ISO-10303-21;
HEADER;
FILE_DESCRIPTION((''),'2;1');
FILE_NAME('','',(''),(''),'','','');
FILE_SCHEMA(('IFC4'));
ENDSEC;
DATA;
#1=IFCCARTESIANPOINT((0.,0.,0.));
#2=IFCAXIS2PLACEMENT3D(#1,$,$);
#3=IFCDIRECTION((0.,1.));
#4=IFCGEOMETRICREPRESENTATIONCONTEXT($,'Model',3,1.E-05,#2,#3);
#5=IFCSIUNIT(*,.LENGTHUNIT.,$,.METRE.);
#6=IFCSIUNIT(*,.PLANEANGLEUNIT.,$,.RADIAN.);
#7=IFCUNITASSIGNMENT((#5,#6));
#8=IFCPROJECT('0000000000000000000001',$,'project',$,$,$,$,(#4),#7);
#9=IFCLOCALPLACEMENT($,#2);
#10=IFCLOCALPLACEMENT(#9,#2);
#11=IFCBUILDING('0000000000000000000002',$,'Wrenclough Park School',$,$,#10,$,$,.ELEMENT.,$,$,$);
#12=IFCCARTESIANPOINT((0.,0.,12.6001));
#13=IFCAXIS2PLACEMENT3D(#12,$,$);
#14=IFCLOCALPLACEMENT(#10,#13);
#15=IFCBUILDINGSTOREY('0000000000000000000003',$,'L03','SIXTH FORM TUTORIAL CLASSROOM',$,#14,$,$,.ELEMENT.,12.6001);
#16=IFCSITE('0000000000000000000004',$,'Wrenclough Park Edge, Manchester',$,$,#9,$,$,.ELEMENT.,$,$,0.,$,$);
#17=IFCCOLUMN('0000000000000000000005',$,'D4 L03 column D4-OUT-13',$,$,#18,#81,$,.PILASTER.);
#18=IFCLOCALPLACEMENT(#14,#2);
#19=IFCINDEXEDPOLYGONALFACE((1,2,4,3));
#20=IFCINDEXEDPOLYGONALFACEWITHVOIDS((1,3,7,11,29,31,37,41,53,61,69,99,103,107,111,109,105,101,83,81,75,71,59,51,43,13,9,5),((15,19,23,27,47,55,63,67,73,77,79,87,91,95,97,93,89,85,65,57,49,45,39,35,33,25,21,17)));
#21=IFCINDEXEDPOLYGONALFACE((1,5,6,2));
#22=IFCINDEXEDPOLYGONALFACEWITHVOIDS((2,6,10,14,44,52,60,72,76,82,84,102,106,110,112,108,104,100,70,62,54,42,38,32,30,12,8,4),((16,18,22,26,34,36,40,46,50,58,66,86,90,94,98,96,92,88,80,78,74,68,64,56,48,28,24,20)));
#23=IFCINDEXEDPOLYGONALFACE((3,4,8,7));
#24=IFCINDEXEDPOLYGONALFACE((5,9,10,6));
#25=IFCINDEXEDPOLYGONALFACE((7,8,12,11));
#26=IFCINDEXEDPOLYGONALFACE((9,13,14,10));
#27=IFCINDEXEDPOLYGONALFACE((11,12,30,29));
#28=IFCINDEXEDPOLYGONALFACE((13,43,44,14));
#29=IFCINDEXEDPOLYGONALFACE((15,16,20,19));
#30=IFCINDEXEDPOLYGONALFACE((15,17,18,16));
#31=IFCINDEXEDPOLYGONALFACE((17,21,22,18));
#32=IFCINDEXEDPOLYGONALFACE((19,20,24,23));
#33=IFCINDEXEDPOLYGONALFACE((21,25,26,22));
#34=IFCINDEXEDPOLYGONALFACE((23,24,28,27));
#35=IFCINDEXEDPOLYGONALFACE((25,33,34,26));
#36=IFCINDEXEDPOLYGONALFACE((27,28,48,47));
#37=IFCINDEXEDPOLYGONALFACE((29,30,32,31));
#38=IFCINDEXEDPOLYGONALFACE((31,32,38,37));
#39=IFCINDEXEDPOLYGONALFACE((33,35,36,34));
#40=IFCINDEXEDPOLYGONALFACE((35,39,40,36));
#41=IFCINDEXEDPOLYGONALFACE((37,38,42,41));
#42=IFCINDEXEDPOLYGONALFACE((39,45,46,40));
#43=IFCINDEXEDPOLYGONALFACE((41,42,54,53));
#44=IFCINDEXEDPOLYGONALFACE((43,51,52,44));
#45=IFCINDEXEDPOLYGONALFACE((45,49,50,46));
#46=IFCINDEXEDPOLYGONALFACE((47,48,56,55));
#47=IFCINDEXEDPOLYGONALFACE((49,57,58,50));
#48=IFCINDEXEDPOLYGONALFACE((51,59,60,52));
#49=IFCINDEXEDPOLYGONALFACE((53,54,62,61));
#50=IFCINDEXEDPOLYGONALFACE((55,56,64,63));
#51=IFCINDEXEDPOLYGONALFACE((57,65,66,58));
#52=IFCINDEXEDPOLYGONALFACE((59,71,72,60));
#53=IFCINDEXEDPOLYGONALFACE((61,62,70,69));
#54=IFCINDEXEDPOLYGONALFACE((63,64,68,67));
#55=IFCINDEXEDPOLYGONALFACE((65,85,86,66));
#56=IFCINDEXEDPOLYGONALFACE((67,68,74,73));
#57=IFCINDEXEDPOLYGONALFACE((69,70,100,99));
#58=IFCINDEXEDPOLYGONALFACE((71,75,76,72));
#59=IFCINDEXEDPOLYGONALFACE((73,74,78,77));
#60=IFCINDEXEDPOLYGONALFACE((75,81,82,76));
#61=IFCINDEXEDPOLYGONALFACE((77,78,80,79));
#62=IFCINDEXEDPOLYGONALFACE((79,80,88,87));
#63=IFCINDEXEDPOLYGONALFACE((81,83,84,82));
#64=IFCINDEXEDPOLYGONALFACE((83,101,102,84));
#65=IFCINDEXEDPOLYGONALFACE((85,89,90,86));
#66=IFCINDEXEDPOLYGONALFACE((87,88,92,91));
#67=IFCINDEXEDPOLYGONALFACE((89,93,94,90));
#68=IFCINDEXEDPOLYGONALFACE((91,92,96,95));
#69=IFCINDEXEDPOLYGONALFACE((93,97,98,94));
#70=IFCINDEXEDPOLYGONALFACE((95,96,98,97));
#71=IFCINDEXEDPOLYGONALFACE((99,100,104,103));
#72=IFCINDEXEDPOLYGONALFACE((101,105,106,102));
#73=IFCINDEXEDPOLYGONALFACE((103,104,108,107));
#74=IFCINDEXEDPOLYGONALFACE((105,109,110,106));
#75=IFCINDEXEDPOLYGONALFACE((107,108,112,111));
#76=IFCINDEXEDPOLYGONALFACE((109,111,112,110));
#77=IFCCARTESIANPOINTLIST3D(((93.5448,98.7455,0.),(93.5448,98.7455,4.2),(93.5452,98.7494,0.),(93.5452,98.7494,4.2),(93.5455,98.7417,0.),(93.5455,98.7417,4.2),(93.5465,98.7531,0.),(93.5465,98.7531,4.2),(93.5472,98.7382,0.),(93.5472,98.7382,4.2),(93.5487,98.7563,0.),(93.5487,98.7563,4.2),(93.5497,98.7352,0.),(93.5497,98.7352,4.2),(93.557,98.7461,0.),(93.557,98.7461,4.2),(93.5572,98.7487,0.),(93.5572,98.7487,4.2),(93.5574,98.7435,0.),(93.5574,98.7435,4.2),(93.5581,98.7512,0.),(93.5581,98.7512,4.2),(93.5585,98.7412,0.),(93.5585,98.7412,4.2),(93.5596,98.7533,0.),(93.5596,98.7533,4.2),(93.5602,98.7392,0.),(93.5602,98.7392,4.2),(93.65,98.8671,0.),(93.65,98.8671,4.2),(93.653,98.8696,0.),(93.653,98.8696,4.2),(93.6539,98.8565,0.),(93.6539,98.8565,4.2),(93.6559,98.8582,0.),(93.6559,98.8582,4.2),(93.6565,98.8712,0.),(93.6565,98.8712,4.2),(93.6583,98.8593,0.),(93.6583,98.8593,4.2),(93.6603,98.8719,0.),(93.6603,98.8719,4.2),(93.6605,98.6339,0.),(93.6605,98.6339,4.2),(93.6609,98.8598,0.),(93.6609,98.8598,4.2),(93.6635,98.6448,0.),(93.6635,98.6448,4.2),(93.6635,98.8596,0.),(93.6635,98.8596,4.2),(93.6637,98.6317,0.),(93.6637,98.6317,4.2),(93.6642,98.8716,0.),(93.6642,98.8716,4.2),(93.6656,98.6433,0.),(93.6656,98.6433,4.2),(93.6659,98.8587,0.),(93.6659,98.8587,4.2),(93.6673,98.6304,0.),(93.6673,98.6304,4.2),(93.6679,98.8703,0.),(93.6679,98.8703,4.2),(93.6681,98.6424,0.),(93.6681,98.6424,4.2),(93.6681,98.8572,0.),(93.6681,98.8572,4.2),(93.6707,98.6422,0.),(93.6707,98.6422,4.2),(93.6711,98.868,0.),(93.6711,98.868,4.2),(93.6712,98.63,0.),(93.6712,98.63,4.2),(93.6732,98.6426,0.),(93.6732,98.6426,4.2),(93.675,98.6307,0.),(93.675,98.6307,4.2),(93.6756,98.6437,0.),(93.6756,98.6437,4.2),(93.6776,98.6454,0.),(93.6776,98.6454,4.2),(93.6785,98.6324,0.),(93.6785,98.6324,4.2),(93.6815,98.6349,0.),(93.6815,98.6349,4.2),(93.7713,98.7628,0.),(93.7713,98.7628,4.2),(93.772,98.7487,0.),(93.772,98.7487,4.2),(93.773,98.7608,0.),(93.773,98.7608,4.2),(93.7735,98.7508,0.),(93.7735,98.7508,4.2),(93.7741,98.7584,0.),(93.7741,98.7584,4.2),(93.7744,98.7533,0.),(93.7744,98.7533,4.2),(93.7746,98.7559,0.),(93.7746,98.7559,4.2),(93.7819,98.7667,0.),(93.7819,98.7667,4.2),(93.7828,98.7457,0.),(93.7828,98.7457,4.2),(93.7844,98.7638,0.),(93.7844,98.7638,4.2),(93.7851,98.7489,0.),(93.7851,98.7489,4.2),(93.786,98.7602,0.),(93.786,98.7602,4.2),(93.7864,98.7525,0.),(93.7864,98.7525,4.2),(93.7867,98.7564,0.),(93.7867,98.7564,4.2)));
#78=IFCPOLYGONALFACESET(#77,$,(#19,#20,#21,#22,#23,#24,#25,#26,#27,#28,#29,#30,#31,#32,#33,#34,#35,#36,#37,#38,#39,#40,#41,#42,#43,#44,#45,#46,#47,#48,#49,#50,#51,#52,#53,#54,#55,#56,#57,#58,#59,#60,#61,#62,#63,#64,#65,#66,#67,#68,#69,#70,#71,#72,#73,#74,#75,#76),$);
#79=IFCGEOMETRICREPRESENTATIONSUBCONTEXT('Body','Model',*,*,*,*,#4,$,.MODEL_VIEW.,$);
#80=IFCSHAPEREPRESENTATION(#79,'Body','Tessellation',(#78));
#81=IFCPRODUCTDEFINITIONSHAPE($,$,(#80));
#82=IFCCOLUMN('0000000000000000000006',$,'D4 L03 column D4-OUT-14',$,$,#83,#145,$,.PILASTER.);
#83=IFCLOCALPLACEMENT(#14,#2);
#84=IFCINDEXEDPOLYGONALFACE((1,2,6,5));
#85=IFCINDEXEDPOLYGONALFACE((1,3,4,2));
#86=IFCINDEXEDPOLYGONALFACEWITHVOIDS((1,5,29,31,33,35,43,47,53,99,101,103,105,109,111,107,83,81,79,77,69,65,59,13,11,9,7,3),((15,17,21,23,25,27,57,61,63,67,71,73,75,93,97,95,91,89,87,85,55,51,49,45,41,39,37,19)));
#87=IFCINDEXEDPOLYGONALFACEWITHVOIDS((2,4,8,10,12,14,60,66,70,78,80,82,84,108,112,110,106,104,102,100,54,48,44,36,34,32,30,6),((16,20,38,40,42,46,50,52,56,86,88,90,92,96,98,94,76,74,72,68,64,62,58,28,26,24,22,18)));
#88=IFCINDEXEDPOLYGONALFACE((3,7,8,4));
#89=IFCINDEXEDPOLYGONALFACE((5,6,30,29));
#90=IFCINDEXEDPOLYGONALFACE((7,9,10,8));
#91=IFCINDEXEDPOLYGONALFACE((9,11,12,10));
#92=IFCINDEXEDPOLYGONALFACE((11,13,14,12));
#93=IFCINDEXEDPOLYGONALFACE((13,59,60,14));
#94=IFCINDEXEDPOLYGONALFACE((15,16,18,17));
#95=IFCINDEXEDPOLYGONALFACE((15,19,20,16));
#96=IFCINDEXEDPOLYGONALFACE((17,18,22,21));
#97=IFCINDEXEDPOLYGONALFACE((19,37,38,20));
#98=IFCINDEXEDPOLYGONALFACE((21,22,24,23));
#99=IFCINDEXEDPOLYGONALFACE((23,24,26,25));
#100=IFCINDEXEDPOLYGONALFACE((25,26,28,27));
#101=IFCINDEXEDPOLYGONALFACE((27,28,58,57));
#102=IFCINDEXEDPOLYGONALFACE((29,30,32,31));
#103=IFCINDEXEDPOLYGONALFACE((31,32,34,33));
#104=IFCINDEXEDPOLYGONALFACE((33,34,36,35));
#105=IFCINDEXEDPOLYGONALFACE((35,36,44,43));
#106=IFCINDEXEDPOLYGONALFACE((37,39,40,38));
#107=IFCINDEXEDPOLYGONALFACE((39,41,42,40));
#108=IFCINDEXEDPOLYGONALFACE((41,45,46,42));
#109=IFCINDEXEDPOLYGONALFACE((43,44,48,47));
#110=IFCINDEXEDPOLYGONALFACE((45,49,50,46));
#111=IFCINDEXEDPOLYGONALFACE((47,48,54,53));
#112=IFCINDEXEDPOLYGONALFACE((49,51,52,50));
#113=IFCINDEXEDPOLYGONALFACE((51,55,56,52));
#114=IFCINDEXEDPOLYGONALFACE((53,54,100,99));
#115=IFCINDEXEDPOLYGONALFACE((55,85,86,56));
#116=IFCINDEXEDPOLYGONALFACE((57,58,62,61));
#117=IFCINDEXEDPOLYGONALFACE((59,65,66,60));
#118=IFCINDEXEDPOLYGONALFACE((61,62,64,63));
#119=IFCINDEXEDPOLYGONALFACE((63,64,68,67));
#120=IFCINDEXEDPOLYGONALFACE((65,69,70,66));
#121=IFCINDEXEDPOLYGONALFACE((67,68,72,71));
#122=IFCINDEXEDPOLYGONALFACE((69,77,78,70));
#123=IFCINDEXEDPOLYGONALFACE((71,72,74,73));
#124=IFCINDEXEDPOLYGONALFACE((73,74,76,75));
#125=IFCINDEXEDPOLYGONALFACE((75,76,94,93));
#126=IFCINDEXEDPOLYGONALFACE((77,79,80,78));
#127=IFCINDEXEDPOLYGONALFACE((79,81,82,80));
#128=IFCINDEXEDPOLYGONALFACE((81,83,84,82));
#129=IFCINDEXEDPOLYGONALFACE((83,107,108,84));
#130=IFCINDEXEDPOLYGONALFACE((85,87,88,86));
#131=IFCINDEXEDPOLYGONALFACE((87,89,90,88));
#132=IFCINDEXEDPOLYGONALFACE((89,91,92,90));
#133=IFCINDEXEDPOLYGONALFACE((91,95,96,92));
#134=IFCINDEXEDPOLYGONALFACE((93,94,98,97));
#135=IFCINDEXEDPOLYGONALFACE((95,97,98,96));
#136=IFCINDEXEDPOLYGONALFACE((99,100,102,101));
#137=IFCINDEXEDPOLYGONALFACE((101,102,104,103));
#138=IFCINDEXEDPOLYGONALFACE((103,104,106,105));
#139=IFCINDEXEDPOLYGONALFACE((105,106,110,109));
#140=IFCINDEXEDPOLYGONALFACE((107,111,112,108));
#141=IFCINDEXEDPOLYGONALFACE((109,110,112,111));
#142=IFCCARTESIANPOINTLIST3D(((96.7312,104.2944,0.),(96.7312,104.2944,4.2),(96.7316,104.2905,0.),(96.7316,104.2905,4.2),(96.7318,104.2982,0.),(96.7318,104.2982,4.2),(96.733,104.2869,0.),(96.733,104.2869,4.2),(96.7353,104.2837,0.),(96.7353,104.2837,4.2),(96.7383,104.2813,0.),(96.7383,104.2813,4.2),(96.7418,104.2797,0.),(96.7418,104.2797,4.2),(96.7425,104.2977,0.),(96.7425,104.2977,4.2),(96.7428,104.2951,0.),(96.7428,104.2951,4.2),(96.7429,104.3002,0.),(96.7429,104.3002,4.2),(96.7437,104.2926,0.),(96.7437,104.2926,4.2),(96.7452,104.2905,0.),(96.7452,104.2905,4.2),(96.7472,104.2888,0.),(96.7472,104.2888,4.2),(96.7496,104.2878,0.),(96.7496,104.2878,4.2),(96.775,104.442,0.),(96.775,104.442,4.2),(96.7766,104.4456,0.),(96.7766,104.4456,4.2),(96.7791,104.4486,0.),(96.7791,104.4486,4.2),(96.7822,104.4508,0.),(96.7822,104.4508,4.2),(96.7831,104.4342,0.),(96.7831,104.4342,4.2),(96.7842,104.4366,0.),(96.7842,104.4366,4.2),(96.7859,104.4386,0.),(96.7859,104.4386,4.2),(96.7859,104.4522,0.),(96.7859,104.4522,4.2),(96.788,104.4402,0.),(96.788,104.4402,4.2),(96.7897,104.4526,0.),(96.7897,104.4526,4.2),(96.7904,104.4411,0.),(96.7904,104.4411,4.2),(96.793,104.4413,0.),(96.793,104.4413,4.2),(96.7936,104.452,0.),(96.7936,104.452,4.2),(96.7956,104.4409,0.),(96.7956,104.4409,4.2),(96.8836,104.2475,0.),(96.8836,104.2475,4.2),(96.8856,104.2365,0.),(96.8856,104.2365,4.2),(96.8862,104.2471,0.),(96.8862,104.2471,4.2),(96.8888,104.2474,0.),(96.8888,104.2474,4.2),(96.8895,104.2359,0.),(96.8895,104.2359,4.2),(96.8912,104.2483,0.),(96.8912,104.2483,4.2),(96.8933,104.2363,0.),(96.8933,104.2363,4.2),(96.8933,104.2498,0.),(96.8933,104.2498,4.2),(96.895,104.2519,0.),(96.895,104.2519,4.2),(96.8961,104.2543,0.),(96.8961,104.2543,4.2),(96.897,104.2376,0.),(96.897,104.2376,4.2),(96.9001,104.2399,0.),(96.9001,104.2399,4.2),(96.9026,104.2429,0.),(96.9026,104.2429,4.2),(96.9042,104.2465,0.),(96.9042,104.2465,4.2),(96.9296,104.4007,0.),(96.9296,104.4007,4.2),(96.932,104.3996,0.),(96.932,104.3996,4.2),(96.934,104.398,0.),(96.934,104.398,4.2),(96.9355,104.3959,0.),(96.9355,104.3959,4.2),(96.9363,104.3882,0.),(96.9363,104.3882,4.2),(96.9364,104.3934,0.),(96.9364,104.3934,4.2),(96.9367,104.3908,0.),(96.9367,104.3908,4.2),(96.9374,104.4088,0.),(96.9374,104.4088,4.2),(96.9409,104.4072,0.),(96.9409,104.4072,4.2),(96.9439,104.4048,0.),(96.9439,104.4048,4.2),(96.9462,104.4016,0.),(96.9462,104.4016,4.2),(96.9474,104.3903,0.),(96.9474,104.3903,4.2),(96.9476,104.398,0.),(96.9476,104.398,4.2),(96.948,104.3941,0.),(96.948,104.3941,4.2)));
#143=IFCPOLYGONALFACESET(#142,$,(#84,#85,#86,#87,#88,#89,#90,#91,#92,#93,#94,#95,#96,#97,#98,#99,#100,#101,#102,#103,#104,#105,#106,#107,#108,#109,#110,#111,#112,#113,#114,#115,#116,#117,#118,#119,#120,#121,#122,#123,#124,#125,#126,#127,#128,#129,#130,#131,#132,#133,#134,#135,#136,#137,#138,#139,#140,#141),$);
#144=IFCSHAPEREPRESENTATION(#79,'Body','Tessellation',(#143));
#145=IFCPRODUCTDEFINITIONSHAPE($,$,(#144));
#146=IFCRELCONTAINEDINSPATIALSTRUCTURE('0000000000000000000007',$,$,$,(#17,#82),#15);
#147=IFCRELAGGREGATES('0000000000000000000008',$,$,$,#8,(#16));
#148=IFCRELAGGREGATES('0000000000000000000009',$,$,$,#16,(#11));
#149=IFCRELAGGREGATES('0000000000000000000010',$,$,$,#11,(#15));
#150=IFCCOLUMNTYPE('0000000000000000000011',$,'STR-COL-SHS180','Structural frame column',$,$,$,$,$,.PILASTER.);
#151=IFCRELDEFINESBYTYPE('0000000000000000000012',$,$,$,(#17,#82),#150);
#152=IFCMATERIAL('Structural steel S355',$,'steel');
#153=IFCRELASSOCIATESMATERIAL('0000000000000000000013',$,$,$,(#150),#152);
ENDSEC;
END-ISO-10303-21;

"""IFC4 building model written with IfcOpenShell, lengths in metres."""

from ifc_helpers import new_model, si_unit, direction, frame, origin, origin_2d, place, context, subcontext, project, spatial, hollow_rectangle, extrude, material, material_profile, profile_set, type_object, element, save


model = new_model("IFC4")

# Units and contexts
model_context = context("Model", 3, precision=1e-05, world=origin(), true_north=direction((0.0, 1.0)))
body_context = subcontext(model_context, "Body", "Model", "MODEL_VIEW")
ifc_project = project(units=[si_unit("LENGTHUNIT", "METRE"), si_unit("PLANEANGLEUNIT", "RADIAN")], contexts=[model_context])

# Site, building, storey
site_placement = place(None, origin())
site = spatial("IfcSite", under=ifc_project, at=site_placement, Name="Wrenclough Park Edge, Manchester", CompositionType="ELEMENT", RefElevation=0.0)
building_placement = place(site_placement, origin())
building = spatial("IfcBuilding", under=site, at=building_placement, Name="Wrenclough Park School", CompositionType="ELEMENT")
storey_placement = place(building_placement, frame((0.0, 0.0, 12.6001)))
storey = spatial("IfcBuildingStorey", under=building, at=storey_placement, Name="L03", Description="SIXTH FORM TUTORIAL CLASSROOM", CompositionType="ELEMENT", Elevation=12.6001)

# Columns
ifc_material_1 = material(Name="Structural steel S355", Category="steel")
ifc_material_profile_1 = material_profile(ifc_material_1, hollow_rectangle(XDim=0.1799, YDim=0.1799, WallThickness=0.01, InnerFilletRadius=0.01, OuterFilletRadius=0.0149, at=origin_2d()), Name="SHS 180x180x10.0")
ifc_profile_set_1 = profile_set([ifc_material_profile_1], Name="Structural steel S355")
column_type = type_object("IfcColumnType", Name="STR-COL-SHS180", Description="Structural frame column", PredefinedType="PILASTER", material=ifc_profile_set_1)
for number, where, z_axis, x_axis, name in (
    (1, (93.6658, 98.751, 0.0), (0.0, 0.0, 1.0), (0.674689, 0.738102, 0.0), "D4 L03 column D4-OUT-13"),
    (2, (96.8396, 104.3442, 0.0), (0.0, 0.0, 1.0), (0.287528, 0.957772, 0.0), "D4 L03 column D4-OUT-14"),
):
    element("IfcColumn", number, at=place(storey_placement, frame(where, z_axis=z_axis, x_axis=x_axis)), inside=storey, type_object=column_type, Name=name, PredefinedType="PILASTER", context=body_context, shape_type="SweptSolid", body=[
        extrude(hollow_rectangle(XDim=0.1799, YDim=0.1799, WallThickness=0.01, InnerFilletRadius=0.01, OuterFilletRadius=0.0149, at=origin_2d()), origin(), (0.0, 0.0, 1.0), 4.2),
    ])

save(model, "model.ifc")
